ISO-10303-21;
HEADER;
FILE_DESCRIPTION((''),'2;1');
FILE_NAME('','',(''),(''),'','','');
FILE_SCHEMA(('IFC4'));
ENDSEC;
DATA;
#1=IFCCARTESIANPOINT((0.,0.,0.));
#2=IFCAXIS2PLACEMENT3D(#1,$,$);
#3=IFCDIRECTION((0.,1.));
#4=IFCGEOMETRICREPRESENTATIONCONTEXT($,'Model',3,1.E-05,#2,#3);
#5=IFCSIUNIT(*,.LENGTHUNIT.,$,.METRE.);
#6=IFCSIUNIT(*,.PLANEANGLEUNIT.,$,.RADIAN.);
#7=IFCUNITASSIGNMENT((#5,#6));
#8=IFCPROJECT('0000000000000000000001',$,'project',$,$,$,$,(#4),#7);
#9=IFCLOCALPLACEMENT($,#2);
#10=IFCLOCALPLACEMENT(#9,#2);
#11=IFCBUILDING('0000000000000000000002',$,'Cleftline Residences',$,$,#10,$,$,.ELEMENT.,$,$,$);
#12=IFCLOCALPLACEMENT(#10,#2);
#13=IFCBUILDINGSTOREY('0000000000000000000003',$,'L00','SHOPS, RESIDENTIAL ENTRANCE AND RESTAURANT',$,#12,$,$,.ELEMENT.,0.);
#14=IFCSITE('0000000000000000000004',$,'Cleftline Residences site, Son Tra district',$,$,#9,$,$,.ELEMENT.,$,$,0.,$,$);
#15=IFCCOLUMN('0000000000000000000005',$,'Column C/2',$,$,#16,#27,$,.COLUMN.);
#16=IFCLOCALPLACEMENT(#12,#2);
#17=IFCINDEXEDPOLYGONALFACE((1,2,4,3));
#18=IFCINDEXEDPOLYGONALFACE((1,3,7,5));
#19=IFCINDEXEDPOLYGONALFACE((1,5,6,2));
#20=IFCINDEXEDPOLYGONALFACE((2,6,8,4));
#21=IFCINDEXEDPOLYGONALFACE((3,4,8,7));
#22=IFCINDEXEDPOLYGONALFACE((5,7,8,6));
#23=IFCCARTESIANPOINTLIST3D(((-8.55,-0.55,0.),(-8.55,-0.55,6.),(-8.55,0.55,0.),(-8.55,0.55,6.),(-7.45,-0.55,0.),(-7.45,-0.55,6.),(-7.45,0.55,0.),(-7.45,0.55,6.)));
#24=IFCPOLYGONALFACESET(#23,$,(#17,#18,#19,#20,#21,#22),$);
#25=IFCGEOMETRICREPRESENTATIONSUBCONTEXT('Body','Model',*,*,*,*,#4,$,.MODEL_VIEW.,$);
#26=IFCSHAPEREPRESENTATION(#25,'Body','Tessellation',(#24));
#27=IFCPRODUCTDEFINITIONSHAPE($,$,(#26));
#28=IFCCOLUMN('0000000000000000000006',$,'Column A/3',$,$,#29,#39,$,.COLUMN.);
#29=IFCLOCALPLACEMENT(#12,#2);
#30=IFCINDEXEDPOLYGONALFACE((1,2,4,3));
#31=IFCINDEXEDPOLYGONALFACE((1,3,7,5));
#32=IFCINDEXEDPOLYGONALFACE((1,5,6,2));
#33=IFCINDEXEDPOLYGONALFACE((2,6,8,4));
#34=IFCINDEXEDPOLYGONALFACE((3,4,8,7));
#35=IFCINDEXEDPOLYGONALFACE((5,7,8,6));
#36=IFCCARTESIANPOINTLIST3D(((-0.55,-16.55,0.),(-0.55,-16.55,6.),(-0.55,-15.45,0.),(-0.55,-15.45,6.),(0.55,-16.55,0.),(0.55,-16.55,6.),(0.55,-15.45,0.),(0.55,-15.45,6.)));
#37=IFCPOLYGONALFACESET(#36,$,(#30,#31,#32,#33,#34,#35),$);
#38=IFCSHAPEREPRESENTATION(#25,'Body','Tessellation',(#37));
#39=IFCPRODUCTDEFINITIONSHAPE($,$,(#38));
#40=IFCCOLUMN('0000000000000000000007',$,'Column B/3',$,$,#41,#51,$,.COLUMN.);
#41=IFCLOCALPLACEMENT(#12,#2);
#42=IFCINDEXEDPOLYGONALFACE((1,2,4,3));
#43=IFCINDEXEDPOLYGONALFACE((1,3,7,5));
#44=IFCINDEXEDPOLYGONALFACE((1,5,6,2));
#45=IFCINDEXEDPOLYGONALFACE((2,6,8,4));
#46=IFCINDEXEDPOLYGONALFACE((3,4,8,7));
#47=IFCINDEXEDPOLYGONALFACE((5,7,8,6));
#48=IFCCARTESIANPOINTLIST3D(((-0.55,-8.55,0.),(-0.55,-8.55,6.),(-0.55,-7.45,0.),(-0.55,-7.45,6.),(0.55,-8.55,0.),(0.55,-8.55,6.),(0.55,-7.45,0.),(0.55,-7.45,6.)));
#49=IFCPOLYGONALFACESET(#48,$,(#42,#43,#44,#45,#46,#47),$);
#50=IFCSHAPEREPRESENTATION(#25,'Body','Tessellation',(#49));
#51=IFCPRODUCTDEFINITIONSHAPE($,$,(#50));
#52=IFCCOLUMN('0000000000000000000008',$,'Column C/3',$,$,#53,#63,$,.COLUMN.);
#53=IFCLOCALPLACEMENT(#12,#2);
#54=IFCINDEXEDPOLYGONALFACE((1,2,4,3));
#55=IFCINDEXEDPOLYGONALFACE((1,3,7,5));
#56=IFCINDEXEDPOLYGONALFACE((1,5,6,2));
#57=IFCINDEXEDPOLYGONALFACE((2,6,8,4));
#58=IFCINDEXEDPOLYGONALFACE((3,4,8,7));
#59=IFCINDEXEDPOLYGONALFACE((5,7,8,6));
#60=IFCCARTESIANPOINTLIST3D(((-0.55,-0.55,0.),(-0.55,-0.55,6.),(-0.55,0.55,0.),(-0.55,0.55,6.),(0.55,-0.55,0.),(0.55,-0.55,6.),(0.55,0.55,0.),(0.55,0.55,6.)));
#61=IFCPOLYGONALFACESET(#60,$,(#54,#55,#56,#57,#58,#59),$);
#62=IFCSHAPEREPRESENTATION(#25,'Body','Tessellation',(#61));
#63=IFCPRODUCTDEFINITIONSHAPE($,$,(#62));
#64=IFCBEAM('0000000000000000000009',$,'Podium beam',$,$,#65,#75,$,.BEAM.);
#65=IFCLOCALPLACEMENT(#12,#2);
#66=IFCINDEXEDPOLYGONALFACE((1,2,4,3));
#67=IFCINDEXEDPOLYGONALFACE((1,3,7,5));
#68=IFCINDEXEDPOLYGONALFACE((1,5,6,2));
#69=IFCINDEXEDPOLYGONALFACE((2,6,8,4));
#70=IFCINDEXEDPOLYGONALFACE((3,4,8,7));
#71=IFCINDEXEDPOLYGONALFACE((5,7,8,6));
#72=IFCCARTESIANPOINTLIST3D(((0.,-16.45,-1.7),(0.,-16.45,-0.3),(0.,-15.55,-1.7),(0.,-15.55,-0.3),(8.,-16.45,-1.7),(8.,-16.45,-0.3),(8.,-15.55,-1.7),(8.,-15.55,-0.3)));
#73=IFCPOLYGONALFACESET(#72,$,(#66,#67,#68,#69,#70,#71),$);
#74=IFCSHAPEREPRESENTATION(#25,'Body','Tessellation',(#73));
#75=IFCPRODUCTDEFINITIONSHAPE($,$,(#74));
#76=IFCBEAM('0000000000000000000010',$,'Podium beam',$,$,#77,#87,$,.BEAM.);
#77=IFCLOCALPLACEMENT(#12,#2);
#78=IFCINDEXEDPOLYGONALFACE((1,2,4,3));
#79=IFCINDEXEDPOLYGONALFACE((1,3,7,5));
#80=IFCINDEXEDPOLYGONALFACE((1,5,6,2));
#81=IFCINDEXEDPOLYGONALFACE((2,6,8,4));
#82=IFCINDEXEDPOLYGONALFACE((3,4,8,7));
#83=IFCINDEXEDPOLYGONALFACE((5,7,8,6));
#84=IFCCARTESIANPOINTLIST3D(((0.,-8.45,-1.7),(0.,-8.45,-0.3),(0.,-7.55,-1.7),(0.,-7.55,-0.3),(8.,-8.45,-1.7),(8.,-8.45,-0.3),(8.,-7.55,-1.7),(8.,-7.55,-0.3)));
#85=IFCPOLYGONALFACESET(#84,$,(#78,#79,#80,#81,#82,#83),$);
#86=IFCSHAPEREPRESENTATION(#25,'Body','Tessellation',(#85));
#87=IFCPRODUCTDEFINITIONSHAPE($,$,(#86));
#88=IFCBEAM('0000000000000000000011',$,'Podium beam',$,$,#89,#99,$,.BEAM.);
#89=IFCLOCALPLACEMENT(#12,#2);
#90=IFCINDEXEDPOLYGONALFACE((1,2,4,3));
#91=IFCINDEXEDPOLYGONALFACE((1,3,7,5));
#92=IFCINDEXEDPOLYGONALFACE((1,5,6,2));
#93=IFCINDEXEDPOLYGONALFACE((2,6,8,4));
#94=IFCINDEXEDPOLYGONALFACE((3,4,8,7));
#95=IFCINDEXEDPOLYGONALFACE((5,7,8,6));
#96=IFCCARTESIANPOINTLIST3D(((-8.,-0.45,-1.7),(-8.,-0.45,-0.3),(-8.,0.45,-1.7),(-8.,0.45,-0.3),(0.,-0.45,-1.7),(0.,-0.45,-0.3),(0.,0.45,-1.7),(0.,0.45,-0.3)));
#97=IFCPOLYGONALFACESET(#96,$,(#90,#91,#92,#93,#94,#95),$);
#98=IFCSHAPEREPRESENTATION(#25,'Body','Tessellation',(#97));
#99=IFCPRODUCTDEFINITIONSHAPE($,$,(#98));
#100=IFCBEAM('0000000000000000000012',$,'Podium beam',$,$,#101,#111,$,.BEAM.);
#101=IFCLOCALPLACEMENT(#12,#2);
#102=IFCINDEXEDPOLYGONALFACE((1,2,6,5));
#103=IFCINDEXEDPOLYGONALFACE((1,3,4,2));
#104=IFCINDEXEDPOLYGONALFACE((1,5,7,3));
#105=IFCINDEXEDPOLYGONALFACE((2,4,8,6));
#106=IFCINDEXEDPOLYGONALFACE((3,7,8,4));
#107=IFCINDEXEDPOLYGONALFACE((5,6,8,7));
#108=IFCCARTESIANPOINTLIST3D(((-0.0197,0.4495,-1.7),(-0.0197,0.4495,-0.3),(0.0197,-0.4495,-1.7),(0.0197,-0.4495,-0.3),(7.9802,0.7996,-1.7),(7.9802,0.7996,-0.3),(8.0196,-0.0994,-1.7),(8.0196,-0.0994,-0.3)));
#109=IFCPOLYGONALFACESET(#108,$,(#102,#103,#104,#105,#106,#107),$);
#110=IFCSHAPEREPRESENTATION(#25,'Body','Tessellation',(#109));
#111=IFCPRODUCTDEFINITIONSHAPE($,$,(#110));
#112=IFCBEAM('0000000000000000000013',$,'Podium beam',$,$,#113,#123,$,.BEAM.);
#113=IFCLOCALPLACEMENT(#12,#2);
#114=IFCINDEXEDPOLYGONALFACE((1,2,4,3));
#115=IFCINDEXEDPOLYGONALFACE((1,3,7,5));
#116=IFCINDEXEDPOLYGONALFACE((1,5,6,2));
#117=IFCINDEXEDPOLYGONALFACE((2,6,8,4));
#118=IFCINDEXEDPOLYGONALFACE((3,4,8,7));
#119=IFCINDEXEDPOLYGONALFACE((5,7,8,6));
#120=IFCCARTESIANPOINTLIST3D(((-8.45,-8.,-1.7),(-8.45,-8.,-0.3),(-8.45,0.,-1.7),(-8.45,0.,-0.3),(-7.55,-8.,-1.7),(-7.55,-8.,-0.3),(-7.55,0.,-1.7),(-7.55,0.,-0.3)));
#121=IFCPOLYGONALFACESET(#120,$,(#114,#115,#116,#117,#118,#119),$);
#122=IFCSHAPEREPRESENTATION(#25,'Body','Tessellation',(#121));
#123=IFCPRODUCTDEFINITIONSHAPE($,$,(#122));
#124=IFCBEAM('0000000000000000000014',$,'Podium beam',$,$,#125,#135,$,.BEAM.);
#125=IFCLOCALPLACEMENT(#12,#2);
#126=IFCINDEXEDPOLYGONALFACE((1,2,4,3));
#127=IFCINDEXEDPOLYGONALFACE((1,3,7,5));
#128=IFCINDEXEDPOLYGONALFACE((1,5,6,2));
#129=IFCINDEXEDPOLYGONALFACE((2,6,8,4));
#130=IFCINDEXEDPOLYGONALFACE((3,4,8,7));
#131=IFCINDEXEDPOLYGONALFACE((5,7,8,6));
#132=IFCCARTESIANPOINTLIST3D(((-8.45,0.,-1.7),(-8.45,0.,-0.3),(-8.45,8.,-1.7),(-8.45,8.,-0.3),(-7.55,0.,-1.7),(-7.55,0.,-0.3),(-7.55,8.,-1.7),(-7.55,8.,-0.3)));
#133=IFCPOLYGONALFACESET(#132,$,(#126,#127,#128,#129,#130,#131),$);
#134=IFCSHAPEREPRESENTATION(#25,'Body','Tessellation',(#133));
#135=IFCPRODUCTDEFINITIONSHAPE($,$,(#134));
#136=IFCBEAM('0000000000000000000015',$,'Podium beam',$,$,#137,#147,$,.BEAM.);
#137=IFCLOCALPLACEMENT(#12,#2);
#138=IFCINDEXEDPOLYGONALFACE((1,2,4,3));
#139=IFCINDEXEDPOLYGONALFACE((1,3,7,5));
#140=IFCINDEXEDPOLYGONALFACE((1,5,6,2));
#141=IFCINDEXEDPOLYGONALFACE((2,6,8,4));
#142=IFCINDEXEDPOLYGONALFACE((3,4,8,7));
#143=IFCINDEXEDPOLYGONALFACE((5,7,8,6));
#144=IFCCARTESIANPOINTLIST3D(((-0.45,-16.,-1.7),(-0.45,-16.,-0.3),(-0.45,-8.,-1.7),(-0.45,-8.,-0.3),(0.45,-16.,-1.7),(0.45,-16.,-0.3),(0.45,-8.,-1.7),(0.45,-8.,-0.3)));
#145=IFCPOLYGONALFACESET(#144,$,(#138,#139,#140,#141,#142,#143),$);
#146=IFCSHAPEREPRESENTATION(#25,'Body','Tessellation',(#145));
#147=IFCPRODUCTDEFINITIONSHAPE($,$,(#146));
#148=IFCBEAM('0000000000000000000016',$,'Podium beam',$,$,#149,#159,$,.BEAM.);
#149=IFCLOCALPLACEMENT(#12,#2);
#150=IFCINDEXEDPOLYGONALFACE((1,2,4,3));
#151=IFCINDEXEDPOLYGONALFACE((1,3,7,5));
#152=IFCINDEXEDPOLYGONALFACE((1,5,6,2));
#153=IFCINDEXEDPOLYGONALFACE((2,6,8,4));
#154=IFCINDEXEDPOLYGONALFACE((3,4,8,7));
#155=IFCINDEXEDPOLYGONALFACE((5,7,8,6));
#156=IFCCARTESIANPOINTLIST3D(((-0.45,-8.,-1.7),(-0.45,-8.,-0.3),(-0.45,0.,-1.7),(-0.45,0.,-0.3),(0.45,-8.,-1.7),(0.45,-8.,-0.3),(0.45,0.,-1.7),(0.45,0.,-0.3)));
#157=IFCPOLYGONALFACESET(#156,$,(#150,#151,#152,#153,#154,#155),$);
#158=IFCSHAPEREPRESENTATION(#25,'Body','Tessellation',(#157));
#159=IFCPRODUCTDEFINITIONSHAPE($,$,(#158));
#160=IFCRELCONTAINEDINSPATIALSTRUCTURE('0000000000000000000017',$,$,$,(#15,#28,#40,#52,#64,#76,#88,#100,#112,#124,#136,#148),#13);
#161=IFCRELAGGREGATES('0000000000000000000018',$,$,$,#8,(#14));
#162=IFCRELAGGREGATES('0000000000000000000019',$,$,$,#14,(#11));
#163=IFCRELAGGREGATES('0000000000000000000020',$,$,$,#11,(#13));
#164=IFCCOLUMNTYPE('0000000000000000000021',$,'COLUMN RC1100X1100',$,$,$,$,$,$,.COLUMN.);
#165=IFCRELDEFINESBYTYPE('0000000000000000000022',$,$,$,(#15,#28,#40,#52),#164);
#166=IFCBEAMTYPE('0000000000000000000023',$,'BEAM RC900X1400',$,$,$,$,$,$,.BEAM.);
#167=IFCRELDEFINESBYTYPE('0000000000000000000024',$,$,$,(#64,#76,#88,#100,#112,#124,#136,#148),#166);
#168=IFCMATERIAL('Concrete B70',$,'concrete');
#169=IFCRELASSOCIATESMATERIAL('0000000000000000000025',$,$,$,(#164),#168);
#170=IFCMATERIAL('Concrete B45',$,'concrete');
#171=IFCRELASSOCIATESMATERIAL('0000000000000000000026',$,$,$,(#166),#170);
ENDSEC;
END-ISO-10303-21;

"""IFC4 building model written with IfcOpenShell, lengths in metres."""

from ifc_helpers import new_model, si_unit, direction, frame, origin, origin_2d, place, context, subcontext, project, spatial, rectangle, extrude, material, material_profile, profile_set, type_object, element, save


model = new_model("IFC4")

# Units and contexts
model_context = context("Model", 3, precision=1e-05, world=origin(), true_north=direction((0.0, 1.0)))
body_context = subcontext(model_context, "Body", "Model", "MODEL_VIEW")
ifc_project = project(units=[si_unit("LENGTHUNIT", "METRE"), si_unit("PLANEANGLEUNIT", "RADIAN")], contexts=[model_context])

# Site, building, storey
site_placement = place(None, origin())
site = spatial("IfcSite", under=ifc_project, at=site_placement, Name="Cleftline Residences site, Son Tra district", CompositionType="ELEMENT", RefElevation=0.0)
building_placement = place(site_placement, origin())
building = spatial("IfcBuilding", under=site, at=building_placement, Name="Cleftline Residences", CompositionType="ELEMENT")
storey_placement = place(building_placement, origin())
storey = spatial("IfcBuildingStorey", under=building, at=storey_placement, Name="L00", Description="SHOPS, RESIDENTIAL ENTRANCE AND RESTAURANT", CompositionType="ELEMENT", Elevation=0.0)

# Columns
ifc_material_1 = material(Name="Concrete B70", Category="concrete")
ifc_material_profile_1 = material_profile(ifc_material_1, rectangle(XDim=1.1001, YDim=1.1001, at=origin_2d()))
ifc_profile_set_1 = profile_set([ifc_material_profile_1], Name="Concrete B70")
column_type = type_object("IfcColumnType", Name="COLUMN RC1100X1100", PredefinedType="COLUMN", material=ifc_profile_set_1)
for number, where, z_axis, x_axis, name in (
    (1, (-8.0, 0.0, 0.0), (0.0, 0.0, 1.0), (1.0, 0.0, 0.0), "Column C/2"),
    (2, (0.0, -16.0, 0.0), (0.0, 0.0, 1.0), (1.0, 0.0, 0.0), "Column A/3"),
    (3, (0.0, -8.0, 0.0), (0.0, 0.0, 1.0), (1.0, 0.0, 0.0), "Column B/3"),
    (4, (0.0, 0.0, 0.0), (0.0, 0.0, 1.0), (1.0, 0.0, 0.0), "Column C/3"),
):
    element("IfcColumn", number, at=place(storey_placement, frame(where, z_axis=z_axis, x_axis=x_axis)), inside=storey, type_object=column_type, Name=name, PredefinedType="COLUMN", context=body_context, shape_type="SweptSolid", body=[
        extrude(rectangle(XDim=1.1001, YDim=1.1001, at=origin_2d()), origin(), (0.0, 0.0, 1.0), 6.0),
    ])

# Beams
ifc_material_2 = material(Name="Concrete B45", Category="concrete")
ifc_material_profile_2 = material_profile(ifc_material_2, rectangle(XDim=0.8999, YDim=1.3999, at=origin_2d()))
ifc_profile_set_2 = profile_set([ifc_material_profile_2], Name="Concrete B45")
beam_type = type_object("IfcBeamType", Name="BEAM RC900X1400", PredefinedType="BEAM", material=ifc_profile_set_2)
for number, where, z_axis, x_axis, name in (
    (5, (0.0, -16.0, -1.0), (1.0, 0.0, 0.0), (0.0, 1.0, 0.0), "Podium beam"),
    (6, (0.0, -8.0, -1.0), (1.0, 0.0, 0.0), (0.0, 1.0, 0.0), "Podium beam"),
    (7, (-8.0, 0.0, -1.0), (1.0, 0.0, 0.0), (0.0, 1.0, 0.0), "Podium beam"),
):
    element("IfcBeam", number, at=place(storey_placement, frame(where, z_axis=z_axis, x_axis=x_axis)), inside=storey, type_object=beam_type, Name=name, PredefinedType="BEAM", context=body_context, shape_type="SweptSolid", body=[
        extrude(rectangle(XDim=0.8999, YDim=1.3999, at=origin_2d()), origin(), (0.0, 0.0, 1.0), 8.0),
    ])
beam_placement = place(storey_placement, frame((0.0, 0.0, -1.0), z_axis=(0.999044, 0.04372, 0.0), x_axis=(-0.04372, 0.999044, 0.0)))
element("IfcBeam", 8, at=beam_placement, inside=storey, type_object=beam_type, Name="Podium beam", PredefinedType="BEAM", context=body_context, shape_type="SweptSolid", body=[
    extrude(rectangle(XDim=0.8999, YDim=1.3999, at=origin_2d()), origin(), (0.0, 0.0, 1.0), 8.0076),
])
for number, where, z_axis, x_axis, name in (
    (9, (-8.0, -8.0, -1.0), (0.0, 1.0, 0.0), (-1.0, 0.0, 0.0), "Podium beam"),
    (10, (-8.0, 0.0, -1.0), (0.0, 1.0, 0.0), (-1.0, 0.0, 0.0), "Podium beam"),
    (11, (0.0, -16.0, -1.0), (0.0, 1.0, 0.0), (-1.0, 0.0, 0.0), "Podium beam"),
    (12, (0.0, -8.0, -1.0), (0.0, 1.0, 0.0), (-1.0, 0.0, 0.0), "Podium beam"),
):
    element("IfcBeam", number, at=place(storey_placement, frame(where, z_axis=z_axis, x_axis=x_axis)), inside=storey, type_object=beam_type, Name=name, PredefinedType="BEAM", context=body_context, shape_type="SweptSolid", body=[
        extrude(rectangle(XDim=0.8999, YDim=1.3999, at=origin_2d()), origin(), (0.0, 0.0, 1.0), 8.0),
    ])

save(model, "model.ifc")
